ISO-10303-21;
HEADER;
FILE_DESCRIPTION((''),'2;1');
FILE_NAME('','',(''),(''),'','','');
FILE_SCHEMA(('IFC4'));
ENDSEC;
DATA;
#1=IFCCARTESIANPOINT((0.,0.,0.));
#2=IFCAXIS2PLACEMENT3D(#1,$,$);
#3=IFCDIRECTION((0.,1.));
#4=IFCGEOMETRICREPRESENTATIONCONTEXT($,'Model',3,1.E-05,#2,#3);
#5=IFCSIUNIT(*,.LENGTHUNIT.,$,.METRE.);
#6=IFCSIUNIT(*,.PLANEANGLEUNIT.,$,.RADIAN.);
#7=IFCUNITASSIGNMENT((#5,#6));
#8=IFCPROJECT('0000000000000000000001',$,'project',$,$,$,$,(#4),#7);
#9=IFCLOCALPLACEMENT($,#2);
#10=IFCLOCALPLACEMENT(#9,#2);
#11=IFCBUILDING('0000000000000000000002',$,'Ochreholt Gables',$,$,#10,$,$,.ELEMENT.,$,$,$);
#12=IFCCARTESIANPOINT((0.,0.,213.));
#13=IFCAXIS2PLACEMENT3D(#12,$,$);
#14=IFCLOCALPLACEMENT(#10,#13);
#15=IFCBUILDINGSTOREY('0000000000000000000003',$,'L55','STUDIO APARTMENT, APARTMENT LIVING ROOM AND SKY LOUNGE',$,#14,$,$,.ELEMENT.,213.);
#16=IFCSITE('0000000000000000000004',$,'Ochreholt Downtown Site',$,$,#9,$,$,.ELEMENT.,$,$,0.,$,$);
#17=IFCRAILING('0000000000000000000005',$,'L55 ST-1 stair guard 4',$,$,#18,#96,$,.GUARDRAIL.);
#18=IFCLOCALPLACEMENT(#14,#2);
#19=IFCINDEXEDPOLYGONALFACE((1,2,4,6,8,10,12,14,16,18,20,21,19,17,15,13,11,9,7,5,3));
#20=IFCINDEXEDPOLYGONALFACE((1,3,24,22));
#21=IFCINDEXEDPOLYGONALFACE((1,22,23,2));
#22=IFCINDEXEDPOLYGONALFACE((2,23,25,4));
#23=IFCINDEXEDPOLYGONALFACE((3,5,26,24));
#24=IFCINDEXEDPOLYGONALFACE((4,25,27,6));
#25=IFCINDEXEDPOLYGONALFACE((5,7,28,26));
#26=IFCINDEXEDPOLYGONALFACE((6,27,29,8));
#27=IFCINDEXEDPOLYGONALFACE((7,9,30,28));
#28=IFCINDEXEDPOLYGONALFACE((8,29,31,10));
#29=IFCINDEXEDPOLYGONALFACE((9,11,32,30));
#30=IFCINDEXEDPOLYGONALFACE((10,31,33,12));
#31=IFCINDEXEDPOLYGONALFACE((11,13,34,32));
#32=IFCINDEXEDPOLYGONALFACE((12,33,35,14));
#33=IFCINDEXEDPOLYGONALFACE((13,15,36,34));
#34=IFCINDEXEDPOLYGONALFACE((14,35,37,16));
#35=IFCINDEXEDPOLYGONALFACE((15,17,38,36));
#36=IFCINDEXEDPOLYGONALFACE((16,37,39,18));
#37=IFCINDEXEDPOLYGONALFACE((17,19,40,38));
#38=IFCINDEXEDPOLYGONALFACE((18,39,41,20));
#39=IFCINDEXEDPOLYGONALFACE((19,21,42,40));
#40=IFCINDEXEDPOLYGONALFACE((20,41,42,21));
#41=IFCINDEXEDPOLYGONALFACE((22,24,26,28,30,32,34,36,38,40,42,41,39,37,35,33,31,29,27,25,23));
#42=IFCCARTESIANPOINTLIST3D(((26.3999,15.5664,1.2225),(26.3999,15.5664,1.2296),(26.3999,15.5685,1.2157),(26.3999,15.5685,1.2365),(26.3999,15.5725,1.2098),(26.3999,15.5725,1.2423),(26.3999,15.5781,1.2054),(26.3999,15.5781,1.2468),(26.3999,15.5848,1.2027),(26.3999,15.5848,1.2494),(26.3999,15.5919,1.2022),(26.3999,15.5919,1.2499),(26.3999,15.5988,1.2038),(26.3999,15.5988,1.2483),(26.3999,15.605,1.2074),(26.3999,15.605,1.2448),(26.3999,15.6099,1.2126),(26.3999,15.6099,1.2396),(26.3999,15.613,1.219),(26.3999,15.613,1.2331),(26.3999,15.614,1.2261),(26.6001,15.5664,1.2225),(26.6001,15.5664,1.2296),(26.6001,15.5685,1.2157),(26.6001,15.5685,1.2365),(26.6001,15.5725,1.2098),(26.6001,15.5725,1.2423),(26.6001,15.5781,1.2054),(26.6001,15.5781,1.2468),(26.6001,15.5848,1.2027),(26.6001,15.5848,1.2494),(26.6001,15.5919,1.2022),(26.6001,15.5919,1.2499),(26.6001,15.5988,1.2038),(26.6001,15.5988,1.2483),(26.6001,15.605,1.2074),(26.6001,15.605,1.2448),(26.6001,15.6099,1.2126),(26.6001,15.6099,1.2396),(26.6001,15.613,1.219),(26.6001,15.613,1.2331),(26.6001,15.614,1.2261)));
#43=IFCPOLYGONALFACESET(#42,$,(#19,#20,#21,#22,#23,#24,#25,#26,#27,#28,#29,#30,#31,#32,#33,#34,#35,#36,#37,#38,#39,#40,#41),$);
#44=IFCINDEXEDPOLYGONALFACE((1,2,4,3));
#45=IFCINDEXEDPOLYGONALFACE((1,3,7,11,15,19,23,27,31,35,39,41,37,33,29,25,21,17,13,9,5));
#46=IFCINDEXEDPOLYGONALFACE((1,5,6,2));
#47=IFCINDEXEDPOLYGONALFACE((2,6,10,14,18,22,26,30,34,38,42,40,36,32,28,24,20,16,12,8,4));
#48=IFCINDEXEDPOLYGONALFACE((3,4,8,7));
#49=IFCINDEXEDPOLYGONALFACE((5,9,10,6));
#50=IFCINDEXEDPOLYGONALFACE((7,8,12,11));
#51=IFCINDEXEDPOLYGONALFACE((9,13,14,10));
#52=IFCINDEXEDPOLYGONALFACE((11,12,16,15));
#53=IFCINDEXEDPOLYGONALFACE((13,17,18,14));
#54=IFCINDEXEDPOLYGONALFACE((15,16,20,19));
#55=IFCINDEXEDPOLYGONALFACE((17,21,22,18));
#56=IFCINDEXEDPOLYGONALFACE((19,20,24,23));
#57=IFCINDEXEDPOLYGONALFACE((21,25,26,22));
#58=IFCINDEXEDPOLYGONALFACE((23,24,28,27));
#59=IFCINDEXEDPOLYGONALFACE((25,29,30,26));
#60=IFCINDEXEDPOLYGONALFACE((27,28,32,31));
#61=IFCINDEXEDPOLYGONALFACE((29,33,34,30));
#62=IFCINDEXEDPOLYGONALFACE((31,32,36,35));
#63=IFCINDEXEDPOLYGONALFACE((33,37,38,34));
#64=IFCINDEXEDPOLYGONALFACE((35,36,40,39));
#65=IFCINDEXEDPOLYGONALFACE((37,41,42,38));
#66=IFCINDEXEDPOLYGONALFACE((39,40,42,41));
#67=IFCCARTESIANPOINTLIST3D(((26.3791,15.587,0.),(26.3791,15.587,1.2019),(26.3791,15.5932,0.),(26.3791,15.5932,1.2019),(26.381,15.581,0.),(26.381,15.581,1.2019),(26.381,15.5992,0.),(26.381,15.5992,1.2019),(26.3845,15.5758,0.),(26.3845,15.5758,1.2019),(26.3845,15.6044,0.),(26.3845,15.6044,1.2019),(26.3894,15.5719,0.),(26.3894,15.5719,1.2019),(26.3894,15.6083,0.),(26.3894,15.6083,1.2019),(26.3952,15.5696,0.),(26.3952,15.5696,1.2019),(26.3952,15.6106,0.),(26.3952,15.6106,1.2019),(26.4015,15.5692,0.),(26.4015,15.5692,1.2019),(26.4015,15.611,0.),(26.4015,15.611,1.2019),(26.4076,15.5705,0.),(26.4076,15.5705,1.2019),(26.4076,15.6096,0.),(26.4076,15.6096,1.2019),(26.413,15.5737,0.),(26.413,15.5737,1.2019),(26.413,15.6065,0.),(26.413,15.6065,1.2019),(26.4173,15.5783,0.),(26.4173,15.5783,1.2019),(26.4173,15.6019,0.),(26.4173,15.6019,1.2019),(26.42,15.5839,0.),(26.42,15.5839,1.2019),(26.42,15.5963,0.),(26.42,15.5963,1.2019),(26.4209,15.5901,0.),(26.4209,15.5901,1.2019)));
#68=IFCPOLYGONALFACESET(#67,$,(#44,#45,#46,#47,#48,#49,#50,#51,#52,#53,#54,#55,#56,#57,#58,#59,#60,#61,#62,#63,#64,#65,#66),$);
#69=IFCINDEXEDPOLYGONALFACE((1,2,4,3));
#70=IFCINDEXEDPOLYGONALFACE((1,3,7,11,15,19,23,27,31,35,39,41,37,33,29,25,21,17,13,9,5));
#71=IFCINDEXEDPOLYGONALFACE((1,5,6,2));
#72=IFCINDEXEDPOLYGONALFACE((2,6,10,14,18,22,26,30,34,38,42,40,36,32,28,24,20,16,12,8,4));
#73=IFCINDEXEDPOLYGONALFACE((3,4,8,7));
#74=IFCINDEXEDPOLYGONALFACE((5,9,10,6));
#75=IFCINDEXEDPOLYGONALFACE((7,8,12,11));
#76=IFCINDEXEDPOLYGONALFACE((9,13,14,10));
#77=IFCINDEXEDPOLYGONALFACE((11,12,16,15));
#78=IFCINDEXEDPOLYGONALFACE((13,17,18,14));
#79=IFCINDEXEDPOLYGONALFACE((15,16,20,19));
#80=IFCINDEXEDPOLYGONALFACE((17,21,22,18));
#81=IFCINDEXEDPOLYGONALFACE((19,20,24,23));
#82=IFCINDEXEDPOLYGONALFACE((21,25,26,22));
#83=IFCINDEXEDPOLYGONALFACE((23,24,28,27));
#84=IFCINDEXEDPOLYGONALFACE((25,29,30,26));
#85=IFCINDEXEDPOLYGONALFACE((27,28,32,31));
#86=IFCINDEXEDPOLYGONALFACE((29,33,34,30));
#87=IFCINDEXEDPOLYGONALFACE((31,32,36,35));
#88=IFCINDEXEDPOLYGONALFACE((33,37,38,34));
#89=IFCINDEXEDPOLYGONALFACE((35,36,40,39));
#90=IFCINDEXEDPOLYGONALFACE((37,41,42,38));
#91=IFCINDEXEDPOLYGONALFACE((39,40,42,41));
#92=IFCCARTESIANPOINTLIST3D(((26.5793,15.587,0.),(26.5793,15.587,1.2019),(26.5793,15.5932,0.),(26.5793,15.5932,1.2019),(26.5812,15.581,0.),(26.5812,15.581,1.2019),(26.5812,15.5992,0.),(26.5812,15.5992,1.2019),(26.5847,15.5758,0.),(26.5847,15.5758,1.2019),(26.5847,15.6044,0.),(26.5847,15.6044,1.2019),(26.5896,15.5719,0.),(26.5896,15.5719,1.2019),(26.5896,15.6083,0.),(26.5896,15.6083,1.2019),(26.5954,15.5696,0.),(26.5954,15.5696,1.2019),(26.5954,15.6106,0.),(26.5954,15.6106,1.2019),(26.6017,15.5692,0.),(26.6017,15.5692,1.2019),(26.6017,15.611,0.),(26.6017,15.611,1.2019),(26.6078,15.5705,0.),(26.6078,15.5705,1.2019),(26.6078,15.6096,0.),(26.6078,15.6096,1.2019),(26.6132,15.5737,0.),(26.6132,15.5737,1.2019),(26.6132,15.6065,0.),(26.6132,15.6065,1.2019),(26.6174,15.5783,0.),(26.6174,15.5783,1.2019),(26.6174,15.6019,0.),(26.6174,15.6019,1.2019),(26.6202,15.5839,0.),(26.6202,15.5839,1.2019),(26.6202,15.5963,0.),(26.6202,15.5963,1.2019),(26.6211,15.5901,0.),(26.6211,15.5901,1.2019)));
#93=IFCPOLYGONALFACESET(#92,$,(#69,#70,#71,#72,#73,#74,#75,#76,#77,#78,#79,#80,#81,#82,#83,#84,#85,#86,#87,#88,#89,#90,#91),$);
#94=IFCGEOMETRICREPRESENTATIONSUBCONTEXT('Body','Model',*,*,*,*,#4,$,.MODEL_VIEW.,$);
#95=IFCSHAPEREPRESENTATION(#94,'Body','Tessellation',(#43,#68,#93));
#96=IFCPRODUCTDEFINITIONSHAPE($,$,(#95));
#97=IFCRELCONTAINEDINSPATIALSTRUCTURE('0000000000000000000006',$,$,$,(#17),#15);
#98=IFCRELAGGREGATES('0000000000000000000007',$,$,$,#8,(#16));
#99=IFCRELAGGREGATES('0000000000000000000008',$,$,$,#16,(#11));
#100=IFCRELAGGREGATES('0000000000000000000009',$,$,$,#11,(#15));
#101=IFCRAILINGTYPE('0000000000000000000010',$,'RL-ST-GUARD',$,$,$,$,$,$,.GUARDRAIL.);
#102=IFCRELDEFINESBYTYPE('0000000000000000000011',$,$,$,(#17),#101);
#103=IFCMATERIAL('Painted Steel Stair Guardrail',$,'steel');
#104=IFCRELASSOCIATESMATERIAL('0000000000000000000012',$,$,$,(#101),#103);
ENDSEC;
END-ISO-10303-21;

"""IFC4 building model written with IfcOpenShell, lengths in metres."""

from ifc_helpers import new_model, si_unit, direction, frame, origin, origin_2d, place, context, subcontext, project, spatial, circle, extrude, material, type_object, element, save


model = new_model("IFC4")

# Units and contexts
model_context = context("Model", 3, precision=1e-05, world=origin(), true_north=direction((0.0, 1.0)))
body_context = subcontext(model_context, "Body", "Model", "MODEL_VIEW")
ifc_project = project(units=[si_unit("LENGTHUNIT", "METRE"), si_unit("PLANEANGLEUNIT", "RADIAN")], contexts=[model_context])

# Site, building, storey
site_placement = place(None, origin())
site = spatial("IfcSite", under=ifc_project, at=site_placement, Name="Ochreholt Downtown Site", CompositionType="ELEMENT", RefElevation=0.0)
building_placement = place(site_placement, origin())
building = spatial("IfcBuilding", under=site, at=building_placement, Name="Ochreholt Gables", CompositionType="ELEMENT")
storey_placement = place(building_placement, frame((0.0, 0.0, 213.0)))
storey = spatial("IfcBuildingStorey", under=building, at=storey_placement, Name="L55", Description="STUDIO APARTMENT, APARTMENT LIVING ROOM AND SKY LOUNGE", CompositionType="ELEMENT", Elevation=213.0)

# Railing
ifc_material_1 = material(Name="Painted Steel Stair Guardrail", Category="steel")
railing_type_1 = type_object("IfcRailingType", Name="RL-ST-GUARD", PredefinedType="GUARDRAIL", material=ifc_material_1)
railing_1_placement = place(storey_placement, frame((26.3999, 15.5901, 0.0)))
element("IfcRailing", 1, at=railing_1_placement, inside=storey, type_object=railing_type_1, Name="L55 ST-1 stair guard 4", PredefinedType="GUARDRAIL", context=body_context, shape_type="SweptSolid", body=[
    extrude(circle(Radius=0.0239, at=origin_2d()), frame((0.0, 0.0, 1.2261), z_axis=(1.0, 0.0, 0.0), x_axis=(0.0, 1.0, 0.0)), (0.0, 0.0, 1.0), 0.2002),
    extrude(circle(Radius=0.021, at=origin_2d()), origin(), (0.0, 0.0, 1.0), 1.2019),
    extrude(circle(Radius=0.021, at=origin_2d()), frame((0.2002, 0.0, 0.0)), (0.0, 0.0, 1.0), 1.2019),
])

save(model, "model.ifc")
